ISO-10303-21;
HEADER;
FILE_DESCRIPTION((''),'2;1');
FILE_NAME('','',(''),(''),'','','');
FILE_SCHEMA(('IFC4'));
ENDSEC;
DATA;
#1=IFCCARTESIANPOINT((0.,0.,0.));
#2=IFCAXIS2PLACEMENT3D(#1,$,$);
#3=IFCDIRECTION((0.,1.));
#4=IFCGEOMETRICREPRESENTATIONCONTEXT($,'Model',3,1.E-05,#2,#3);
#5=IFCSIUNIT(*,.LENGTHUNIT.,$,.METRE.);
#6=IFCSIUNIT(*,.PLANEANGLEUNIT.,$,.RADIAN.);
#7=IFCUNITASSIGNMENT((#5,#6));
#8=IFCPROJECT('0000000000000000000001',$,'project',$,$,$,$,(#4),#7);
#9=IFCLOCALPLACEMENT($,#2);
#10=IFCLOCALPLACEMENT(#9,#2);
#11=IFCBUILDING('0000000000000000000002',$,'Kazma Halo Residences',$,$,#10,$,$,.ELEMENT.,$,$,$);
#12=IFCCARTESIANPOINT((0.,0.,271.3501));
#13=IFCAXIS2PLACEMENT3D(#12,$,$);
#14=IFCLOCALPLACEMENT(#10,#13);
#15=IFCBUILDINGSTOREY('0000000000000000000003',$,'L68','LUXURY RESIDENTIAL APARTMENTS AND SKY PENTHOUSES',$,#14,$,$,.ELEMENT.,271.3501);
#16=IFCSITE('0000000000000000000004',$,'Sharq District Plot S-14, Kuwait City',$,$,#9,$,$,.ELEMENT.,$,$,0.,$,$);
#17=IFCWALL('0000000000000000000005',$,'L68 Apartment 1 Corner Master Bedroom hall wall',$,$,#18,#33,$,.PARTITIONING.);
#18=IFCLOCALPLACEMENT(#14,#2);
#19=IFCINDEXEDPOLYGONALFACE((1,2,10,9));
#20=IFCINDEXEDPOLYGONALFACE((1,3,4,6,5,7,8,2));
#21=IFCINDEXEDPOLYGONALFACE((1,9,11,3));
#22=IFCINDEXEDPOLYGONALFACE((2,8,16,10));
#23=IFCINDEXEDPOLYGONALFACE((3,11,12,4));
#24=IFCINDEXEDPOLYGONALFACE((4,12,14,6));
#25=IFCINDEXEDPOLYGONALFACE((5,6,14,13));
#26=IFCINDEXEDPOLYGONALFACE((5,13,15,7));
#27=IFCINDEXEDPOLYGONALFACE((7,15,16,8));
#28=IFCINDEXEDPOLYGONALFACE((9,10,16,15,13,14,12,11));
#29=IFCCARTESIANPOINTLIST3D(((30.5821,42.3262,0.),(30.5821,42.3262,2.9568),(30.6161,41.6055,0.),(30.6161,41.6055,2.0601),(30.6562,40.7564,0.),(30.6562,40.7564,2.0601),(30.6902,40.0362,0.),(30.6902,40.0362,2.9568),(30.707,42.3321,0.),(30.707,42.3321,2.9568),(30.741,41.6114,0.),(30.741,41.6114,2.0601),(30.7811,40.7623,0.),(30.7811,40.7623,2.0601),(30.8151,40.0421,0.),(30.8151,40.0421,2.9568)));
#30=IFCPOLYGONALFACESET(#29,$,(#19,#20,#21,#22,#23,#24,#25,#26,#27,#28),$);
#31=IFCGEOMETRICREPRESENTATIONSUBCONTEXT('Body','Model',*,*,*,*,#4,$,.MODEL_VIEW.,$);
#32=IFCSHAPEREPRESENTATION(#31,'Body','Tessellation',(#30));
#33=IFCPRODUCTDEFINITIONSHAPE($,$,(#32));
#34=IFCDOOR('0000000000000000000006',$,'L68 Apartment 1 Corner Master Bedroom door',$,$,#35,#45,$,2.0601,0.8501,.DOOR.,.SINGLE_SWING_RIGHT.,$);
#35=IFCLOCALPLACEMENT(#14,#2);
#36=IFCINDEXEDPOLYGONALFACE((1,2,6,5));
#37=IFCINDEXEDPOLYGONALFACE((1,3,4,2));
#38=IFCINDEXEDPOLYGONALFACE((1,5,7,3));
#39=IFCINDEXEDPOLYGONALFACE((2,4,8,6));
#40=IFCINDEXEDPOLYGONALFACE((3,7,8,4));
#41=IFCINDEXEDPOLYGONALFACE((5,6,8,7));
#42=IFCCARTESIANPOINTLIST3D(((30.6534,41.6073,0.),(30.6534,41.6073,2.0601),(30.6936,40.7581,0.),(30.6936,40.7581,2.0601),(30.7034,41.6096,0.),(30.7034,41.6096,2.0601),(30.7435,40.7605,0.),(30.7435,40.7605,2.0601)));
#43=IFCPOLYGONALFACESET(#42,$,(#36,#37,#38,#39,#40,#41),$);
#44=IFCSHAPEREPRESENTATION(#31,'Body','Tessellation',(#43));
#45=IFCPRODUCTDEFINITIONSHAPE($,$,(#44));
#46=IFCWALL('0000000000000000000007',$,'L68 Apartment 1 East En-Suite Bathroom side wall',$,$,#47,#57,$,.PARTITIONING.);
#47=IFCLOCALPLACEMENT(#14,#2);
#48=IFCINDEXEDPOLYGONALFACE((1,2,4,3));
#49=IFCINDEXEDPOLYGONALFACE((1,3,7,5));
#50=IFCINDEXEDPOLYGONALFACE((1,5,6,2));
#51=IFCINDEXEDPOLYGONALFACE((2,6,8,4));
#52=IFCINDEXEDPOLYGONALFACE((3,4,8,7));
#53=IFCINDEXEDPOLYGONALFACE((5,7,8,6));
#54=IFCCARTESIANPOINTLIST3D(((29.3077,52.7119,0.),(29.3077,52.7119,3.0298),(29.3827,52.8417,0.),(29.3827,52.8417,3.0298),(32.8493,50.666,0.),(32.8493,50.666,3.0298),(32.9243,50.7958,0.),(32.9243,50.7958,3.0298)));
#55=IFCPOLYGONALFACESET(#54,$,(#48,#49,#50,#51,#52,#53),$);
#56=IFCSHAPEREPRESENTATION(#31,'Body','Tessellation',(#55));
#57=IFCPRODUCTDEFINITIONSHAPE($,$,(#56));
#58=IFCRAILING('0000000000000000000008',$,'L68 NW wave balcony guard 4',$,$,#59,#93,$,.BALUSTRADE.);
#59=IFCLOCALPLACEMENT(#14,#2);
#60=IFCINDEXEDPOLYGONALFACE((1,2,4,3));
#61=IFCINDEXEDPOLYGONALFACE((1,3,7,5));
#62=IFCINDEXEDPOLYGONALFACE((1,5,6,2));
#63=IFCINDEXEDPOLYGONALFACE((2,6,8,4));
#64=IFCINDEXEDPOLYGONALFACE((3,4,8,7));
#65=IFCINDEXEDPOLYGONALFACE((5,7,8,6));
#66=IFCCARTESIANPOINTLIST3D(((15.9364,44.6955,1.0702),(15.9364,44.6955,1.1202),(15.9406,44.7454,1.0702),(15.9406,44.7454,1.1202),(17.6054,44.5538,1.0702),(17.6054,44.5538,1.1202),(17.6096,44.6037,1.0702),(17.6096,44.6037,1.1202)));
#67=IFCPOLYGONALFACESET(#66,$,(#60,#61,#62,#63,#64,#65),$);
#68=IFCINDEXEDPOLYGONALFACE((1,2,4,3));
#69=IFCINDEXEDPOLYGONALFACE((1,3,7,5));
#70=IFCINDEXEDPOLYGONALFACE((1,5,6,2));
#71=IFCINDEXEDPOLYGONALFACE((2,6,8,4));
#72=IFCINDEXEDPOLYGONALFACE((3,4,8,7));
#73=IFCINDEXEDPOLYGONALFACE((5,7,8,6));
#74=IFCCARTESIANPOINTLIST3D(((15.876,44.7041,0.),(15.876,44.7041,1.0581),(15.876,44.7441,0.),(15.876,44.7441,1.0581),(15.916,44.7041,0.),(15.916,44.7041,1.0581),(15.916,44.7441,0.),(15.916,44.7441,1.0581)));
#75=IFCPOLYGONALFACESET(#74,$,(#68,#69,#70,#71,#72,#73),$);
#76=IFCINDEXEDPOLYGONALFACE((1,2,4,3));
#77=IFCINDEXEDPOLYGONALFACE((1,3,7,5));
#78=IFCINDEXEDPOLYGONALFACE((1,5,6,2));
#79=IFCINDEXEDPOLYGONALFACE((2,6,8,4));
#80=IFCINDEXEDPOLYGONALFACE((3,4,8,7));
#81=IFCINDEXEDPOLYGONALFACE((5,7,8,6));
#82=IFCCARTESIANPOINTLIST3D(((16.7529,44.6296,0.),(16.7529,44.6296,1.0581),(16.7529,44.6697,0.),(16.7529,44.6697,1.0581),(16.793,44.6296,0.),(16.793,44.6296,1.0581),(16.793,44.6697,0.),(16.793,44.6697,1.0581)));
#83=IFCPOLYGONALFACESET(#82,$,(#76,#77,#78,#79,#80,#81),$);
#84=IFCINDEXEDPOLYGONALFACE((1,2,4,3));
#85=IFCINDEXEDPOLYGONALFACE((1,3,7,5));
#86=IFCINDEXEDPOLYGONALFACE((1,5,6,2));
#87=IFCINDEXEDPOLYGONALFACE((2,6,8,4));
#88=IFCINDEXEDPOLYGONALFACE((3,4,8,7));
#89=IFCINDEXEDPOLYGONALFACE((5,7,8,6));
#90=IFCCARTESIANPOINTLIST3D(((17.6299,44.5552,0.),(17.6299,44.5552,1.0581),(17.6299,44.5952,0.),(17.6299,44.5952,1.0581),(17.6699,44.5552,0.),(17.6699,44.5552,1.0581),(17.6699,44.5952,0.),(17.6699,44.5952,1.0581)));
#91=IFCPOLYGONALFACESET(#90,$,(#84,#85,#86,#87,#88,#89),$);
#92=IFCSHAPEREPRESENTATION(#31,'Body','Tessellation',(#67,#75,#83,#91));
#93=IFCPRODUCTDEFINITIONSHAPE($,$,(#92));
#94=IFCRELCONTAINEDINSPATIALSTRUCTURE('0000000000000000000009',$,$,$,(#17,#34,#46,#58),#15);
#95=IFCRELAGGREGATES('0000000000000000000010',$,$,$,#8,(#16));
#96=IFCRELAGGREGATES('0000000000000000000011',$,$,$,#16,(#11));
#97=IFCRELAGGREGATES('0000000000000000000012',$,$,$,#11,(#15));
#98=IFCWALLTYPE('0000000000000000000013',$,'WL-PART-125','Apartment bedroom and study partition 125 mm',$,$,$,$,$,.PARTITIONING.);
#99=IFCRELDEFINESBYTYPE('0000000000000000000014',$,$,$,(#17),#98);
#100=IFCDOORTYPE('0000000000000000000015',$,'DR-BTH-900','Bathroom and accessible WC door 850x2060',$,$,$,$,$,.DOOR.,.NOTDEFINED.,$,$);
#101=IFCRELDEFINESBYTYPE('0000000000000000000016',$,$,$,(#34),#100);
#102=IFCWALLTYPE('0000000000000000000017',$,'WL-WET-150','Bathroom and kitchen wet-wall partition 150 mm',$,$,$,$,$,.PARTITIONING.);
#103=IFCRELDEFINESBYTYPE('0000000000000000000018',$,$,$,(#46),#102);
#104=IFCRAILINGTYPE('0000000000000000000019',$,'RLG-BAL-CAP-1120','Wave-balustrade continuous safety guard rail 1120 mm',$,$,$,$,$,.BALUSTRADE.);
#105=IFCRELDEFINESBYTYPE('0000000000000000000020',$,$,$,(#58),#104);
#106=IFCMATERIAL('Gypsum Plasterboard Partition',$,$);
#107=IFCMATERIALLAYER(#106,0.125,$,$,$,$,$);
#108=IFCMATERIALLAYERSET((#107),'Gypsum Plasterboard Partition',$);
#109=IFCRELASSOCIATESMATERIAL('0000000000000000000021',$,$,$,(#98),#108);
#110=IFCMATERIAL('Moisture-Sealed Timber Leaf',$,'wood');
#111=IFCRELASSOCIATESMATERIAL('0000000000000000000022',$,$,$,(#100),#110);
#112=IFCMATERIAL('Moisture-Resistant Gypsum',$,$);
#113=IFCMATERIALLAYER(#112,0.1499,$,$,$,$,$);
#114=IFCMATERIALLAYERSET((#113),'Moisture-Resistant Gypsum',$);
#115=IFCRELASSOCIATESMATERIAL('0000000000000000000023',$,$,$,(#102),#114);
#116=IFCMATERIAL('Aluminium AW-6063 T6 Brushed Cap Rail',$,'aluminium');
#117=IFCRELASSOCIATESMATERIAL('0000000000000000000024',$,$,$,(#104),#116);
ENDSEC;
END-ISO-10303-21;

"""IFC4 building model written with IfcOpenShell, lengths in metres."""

from ifc_helpers import new_model, si_unit, direction, frame, frame_2d, origin, origin_2d, place, context, subcontext, project, spatial, rectangle, extrude, material, layer, layer_set, type_object, element, fill, save


model = new_model("IFC4")

# Units and contexts
model_context = context("Model", 3, precision=1e-05, world=origin(), true_north=direction((0.0, 1.0)))
body_context = subcontext(model_context, "Body", "Model", "MODEL_VIEW")
ifc_project = project(units=[si_unit("LENGTHUNIT", "METRE"), si_unit("PLANEANGLEUNIT", "RADIAN")], contexts=[model_context])

# Site, building, storey
site_placement = place(None, origin())
site = spatial("IfcSite", under=ifc_project, at=site_placement, Name="Sharq District Plot S-14, Kuwait City", CompositionType="ELEMENT", RefElevation=0.0)
building_placement = place(site_placement, origin())
building = spatial("IfcBuilding", under=site, at=building_placement, Name="Kazma Halo Residences", CompositionType="ELEMENT")
storey_placement = place(building_placement, frame((0.0, 0.0, 271.3501)))
storey = spatial("IfcBuildingStorey", under=building, at=storey_placement, Name="L68", Description="LUXURY RESIDENTIAL APARTMENTS AND SKY PENTHOUSES", CompositionType="ELEMENT", Elevation=271.3501)

# Shared definitions
ifc_material_1 = material(Name="Gypsum Plasterboard Partition")
ifc_layer_1 = layer(ifc_material_1, 0.125)
ifc_layer_set_1 = layer_set([ifc_layer_1], Name="Gypsum Plasterboard Partition")
wall_type_1 = type_object("IfcWallType", Name="WL-PART-125", Description="Apartment bedroom and study partition 125 mm", PredefinedType="PARTITIONING", material=ifc_layer_set_1)

# Shared definitions
ifc_material_2 = material(Name="Moisture-Sealed Timber Leaf", Category="wood")
door_type = type_object("IfcDoorType", Name="DR-BTH-900", Description="Bathroom and accessible WC door 850x2060", OperationType="NOTDEFINED", PredefinedType="DOOR", material=ifc_material_2)

# Wall, opening, door
wall_1_placement = place(storey_placement, frame((30.6445, 42.3291, 0.0), z_axis=(0.0, 0.0, 1.0), x_axis=(0.047176, -0.998887, 0.0)))
wall_1 = element("IfcWall", 1, at=wall_1_placement, inside=storey, type_object=wall_type_1, Name="L68 Apartment 1 Corner Master Bedroom hall wall", PredefinedType="PARTITIONING", context=body_context, shape_type="SweptSolid", body=[
    extrude(rectangle(XDim=2.2925, YDim=0.125, at=frame_2d((1.1462, 0.0))), origin(), (0.0, 0.0, 1.0), 2.9568),
])
opening_1_placement = place(wall_1_placement, frame((0.7214, 0.0, 0.0)))
opening_1 = element("IfcOpeningElement", 2, at=opening_1_placement, cuts=wall_1, PredefinedType="OPENING", context=body_context, shape_type="SweptSolid", body=[
    extrude(rectangle(XDim=0.8501, YDim=2.0601, at=frame_2d((0.425, 1.03))), frame((0.0, 0.0725, 0.0), z_axis=(0.0, -1.0, 0.0), x_axis=(1.0, 0.0, 0.0)), (0.0, 0.0, 1.0), 0.145),
])
door_1_placement = place(opening_1_placement, origin())
door_1 = element("IfcDoor", 3, at=door_1_placement, inside=storey, type_object=door_type, Name="L68 Apartment 1 Corner Master Bedroom door", OperationType="SINGLE_SWING_RIGHT", OverallHeight=2.0601, OverallWidth=0.8501, PredefinedType="DOOR", context=body_context, shape_type="SweptSolid", body=[
    extrude(rectangle(XDim=0.8501, YDim=2.0601, at=frame_2d((0.425, 1.03))), frame((0.0, 0.0249, 0.0), z_axis=(0.0, -1.0, 0.0), x_axis=(1.0, 0.0, 0.0)), (0.0, 0.0, 1.0), 0.05),
])
fill(opening_1, door_1)

# Wall
ifc_material_3 = material(Name="Moisture-Resistant Gypsum")
ifc_layer_2 = layer(ifc_material_3, 0.1499)
ifc_layer_set_2 = layer_set([ifc_layer_2], Name="Moisture-Resistant Gypsum")
wall_type_2 = type_object("IfcWallType", Name="WL-WET-150", Description="Bathroom and kitchen wet-wall partition 150 mm", PredefinedType="PARTITIONING", material=ifc_layer_set_2)
wall_2_placement = place(storey_placement, frame((32.8867, 50.731, 0.0), z_axis=(0.0, 0.0, 1.0), x_axis=(-0.865897, 0.500222, 0.0)))
element("IfcWall", 4, at=wall_2_placement, inside=storey, type_object=wall_type_2, Name="L68 Apartment 1 East En-Suite Bathroom side wall", PredefinedType="PARTITIONING", context=body_context, shape_type="SweptSolid", body=[
    extrude(rectangle(XDim=4.0901, YDim=0.1499, at=frame_2d((2.0449, 0.0))), origin(), (0.0, 0.0, 1.0), 3.0298),
])

# Railing
ifc_material_4 = material(Name="Aluminium AW-6063 T6 Brushed Cap Rail", Category="aluminium")
railing_type = type_object("IfcRailingType", Name="RLG-BAL-CAP-1120", Description="Wave-balustrade continuous safety guard rail 1120 mm", PredefinedType="BALUSTRADE", material=ifc_material_4)
railing_placement = place(storey_placement, frame((15.896, 44.7241, 0.0)))
element("IfcRailing", 5, at=railing_placement, inside=storey, type_object=railing_type, Name="L68 NW wave balcony guard 4", PredefinedType="BALUSTRADE", context=body_context, shape_type="SweptSolid", body=[
    extrude(rectangle(XDim=0.05, YDim=0.05, at=origin_2d()), frame((0.0425, -0.0037, 1.0952), z_axis=(0.996414, -0.084606, 0.0), x_axis=(0.084606, 0.996414, 0.0)), (0.0, 0.0, 1.0), 1.675),
    extrude(rectangle(XDim=0.04, YDim=0.04, at=origin_2d()), origin(), (0.0, 0.0, 1.0), 1.0581),
    extrude(rectangle(XDim=0.04, YDim=0.04, at=origin_2d()), frame((0.877, -0.0745, 0.0)), (0.0, 0.0, 1.0), 1.0581),
    extrude(rectangle(XDim=0.04, YDim=0.04, at=origin_2d()), frame((1.7539, -0.1489, 0.0)), (0.0, 0.0, 1.0), 1.0581),
])

save(model, "model.ifc")
